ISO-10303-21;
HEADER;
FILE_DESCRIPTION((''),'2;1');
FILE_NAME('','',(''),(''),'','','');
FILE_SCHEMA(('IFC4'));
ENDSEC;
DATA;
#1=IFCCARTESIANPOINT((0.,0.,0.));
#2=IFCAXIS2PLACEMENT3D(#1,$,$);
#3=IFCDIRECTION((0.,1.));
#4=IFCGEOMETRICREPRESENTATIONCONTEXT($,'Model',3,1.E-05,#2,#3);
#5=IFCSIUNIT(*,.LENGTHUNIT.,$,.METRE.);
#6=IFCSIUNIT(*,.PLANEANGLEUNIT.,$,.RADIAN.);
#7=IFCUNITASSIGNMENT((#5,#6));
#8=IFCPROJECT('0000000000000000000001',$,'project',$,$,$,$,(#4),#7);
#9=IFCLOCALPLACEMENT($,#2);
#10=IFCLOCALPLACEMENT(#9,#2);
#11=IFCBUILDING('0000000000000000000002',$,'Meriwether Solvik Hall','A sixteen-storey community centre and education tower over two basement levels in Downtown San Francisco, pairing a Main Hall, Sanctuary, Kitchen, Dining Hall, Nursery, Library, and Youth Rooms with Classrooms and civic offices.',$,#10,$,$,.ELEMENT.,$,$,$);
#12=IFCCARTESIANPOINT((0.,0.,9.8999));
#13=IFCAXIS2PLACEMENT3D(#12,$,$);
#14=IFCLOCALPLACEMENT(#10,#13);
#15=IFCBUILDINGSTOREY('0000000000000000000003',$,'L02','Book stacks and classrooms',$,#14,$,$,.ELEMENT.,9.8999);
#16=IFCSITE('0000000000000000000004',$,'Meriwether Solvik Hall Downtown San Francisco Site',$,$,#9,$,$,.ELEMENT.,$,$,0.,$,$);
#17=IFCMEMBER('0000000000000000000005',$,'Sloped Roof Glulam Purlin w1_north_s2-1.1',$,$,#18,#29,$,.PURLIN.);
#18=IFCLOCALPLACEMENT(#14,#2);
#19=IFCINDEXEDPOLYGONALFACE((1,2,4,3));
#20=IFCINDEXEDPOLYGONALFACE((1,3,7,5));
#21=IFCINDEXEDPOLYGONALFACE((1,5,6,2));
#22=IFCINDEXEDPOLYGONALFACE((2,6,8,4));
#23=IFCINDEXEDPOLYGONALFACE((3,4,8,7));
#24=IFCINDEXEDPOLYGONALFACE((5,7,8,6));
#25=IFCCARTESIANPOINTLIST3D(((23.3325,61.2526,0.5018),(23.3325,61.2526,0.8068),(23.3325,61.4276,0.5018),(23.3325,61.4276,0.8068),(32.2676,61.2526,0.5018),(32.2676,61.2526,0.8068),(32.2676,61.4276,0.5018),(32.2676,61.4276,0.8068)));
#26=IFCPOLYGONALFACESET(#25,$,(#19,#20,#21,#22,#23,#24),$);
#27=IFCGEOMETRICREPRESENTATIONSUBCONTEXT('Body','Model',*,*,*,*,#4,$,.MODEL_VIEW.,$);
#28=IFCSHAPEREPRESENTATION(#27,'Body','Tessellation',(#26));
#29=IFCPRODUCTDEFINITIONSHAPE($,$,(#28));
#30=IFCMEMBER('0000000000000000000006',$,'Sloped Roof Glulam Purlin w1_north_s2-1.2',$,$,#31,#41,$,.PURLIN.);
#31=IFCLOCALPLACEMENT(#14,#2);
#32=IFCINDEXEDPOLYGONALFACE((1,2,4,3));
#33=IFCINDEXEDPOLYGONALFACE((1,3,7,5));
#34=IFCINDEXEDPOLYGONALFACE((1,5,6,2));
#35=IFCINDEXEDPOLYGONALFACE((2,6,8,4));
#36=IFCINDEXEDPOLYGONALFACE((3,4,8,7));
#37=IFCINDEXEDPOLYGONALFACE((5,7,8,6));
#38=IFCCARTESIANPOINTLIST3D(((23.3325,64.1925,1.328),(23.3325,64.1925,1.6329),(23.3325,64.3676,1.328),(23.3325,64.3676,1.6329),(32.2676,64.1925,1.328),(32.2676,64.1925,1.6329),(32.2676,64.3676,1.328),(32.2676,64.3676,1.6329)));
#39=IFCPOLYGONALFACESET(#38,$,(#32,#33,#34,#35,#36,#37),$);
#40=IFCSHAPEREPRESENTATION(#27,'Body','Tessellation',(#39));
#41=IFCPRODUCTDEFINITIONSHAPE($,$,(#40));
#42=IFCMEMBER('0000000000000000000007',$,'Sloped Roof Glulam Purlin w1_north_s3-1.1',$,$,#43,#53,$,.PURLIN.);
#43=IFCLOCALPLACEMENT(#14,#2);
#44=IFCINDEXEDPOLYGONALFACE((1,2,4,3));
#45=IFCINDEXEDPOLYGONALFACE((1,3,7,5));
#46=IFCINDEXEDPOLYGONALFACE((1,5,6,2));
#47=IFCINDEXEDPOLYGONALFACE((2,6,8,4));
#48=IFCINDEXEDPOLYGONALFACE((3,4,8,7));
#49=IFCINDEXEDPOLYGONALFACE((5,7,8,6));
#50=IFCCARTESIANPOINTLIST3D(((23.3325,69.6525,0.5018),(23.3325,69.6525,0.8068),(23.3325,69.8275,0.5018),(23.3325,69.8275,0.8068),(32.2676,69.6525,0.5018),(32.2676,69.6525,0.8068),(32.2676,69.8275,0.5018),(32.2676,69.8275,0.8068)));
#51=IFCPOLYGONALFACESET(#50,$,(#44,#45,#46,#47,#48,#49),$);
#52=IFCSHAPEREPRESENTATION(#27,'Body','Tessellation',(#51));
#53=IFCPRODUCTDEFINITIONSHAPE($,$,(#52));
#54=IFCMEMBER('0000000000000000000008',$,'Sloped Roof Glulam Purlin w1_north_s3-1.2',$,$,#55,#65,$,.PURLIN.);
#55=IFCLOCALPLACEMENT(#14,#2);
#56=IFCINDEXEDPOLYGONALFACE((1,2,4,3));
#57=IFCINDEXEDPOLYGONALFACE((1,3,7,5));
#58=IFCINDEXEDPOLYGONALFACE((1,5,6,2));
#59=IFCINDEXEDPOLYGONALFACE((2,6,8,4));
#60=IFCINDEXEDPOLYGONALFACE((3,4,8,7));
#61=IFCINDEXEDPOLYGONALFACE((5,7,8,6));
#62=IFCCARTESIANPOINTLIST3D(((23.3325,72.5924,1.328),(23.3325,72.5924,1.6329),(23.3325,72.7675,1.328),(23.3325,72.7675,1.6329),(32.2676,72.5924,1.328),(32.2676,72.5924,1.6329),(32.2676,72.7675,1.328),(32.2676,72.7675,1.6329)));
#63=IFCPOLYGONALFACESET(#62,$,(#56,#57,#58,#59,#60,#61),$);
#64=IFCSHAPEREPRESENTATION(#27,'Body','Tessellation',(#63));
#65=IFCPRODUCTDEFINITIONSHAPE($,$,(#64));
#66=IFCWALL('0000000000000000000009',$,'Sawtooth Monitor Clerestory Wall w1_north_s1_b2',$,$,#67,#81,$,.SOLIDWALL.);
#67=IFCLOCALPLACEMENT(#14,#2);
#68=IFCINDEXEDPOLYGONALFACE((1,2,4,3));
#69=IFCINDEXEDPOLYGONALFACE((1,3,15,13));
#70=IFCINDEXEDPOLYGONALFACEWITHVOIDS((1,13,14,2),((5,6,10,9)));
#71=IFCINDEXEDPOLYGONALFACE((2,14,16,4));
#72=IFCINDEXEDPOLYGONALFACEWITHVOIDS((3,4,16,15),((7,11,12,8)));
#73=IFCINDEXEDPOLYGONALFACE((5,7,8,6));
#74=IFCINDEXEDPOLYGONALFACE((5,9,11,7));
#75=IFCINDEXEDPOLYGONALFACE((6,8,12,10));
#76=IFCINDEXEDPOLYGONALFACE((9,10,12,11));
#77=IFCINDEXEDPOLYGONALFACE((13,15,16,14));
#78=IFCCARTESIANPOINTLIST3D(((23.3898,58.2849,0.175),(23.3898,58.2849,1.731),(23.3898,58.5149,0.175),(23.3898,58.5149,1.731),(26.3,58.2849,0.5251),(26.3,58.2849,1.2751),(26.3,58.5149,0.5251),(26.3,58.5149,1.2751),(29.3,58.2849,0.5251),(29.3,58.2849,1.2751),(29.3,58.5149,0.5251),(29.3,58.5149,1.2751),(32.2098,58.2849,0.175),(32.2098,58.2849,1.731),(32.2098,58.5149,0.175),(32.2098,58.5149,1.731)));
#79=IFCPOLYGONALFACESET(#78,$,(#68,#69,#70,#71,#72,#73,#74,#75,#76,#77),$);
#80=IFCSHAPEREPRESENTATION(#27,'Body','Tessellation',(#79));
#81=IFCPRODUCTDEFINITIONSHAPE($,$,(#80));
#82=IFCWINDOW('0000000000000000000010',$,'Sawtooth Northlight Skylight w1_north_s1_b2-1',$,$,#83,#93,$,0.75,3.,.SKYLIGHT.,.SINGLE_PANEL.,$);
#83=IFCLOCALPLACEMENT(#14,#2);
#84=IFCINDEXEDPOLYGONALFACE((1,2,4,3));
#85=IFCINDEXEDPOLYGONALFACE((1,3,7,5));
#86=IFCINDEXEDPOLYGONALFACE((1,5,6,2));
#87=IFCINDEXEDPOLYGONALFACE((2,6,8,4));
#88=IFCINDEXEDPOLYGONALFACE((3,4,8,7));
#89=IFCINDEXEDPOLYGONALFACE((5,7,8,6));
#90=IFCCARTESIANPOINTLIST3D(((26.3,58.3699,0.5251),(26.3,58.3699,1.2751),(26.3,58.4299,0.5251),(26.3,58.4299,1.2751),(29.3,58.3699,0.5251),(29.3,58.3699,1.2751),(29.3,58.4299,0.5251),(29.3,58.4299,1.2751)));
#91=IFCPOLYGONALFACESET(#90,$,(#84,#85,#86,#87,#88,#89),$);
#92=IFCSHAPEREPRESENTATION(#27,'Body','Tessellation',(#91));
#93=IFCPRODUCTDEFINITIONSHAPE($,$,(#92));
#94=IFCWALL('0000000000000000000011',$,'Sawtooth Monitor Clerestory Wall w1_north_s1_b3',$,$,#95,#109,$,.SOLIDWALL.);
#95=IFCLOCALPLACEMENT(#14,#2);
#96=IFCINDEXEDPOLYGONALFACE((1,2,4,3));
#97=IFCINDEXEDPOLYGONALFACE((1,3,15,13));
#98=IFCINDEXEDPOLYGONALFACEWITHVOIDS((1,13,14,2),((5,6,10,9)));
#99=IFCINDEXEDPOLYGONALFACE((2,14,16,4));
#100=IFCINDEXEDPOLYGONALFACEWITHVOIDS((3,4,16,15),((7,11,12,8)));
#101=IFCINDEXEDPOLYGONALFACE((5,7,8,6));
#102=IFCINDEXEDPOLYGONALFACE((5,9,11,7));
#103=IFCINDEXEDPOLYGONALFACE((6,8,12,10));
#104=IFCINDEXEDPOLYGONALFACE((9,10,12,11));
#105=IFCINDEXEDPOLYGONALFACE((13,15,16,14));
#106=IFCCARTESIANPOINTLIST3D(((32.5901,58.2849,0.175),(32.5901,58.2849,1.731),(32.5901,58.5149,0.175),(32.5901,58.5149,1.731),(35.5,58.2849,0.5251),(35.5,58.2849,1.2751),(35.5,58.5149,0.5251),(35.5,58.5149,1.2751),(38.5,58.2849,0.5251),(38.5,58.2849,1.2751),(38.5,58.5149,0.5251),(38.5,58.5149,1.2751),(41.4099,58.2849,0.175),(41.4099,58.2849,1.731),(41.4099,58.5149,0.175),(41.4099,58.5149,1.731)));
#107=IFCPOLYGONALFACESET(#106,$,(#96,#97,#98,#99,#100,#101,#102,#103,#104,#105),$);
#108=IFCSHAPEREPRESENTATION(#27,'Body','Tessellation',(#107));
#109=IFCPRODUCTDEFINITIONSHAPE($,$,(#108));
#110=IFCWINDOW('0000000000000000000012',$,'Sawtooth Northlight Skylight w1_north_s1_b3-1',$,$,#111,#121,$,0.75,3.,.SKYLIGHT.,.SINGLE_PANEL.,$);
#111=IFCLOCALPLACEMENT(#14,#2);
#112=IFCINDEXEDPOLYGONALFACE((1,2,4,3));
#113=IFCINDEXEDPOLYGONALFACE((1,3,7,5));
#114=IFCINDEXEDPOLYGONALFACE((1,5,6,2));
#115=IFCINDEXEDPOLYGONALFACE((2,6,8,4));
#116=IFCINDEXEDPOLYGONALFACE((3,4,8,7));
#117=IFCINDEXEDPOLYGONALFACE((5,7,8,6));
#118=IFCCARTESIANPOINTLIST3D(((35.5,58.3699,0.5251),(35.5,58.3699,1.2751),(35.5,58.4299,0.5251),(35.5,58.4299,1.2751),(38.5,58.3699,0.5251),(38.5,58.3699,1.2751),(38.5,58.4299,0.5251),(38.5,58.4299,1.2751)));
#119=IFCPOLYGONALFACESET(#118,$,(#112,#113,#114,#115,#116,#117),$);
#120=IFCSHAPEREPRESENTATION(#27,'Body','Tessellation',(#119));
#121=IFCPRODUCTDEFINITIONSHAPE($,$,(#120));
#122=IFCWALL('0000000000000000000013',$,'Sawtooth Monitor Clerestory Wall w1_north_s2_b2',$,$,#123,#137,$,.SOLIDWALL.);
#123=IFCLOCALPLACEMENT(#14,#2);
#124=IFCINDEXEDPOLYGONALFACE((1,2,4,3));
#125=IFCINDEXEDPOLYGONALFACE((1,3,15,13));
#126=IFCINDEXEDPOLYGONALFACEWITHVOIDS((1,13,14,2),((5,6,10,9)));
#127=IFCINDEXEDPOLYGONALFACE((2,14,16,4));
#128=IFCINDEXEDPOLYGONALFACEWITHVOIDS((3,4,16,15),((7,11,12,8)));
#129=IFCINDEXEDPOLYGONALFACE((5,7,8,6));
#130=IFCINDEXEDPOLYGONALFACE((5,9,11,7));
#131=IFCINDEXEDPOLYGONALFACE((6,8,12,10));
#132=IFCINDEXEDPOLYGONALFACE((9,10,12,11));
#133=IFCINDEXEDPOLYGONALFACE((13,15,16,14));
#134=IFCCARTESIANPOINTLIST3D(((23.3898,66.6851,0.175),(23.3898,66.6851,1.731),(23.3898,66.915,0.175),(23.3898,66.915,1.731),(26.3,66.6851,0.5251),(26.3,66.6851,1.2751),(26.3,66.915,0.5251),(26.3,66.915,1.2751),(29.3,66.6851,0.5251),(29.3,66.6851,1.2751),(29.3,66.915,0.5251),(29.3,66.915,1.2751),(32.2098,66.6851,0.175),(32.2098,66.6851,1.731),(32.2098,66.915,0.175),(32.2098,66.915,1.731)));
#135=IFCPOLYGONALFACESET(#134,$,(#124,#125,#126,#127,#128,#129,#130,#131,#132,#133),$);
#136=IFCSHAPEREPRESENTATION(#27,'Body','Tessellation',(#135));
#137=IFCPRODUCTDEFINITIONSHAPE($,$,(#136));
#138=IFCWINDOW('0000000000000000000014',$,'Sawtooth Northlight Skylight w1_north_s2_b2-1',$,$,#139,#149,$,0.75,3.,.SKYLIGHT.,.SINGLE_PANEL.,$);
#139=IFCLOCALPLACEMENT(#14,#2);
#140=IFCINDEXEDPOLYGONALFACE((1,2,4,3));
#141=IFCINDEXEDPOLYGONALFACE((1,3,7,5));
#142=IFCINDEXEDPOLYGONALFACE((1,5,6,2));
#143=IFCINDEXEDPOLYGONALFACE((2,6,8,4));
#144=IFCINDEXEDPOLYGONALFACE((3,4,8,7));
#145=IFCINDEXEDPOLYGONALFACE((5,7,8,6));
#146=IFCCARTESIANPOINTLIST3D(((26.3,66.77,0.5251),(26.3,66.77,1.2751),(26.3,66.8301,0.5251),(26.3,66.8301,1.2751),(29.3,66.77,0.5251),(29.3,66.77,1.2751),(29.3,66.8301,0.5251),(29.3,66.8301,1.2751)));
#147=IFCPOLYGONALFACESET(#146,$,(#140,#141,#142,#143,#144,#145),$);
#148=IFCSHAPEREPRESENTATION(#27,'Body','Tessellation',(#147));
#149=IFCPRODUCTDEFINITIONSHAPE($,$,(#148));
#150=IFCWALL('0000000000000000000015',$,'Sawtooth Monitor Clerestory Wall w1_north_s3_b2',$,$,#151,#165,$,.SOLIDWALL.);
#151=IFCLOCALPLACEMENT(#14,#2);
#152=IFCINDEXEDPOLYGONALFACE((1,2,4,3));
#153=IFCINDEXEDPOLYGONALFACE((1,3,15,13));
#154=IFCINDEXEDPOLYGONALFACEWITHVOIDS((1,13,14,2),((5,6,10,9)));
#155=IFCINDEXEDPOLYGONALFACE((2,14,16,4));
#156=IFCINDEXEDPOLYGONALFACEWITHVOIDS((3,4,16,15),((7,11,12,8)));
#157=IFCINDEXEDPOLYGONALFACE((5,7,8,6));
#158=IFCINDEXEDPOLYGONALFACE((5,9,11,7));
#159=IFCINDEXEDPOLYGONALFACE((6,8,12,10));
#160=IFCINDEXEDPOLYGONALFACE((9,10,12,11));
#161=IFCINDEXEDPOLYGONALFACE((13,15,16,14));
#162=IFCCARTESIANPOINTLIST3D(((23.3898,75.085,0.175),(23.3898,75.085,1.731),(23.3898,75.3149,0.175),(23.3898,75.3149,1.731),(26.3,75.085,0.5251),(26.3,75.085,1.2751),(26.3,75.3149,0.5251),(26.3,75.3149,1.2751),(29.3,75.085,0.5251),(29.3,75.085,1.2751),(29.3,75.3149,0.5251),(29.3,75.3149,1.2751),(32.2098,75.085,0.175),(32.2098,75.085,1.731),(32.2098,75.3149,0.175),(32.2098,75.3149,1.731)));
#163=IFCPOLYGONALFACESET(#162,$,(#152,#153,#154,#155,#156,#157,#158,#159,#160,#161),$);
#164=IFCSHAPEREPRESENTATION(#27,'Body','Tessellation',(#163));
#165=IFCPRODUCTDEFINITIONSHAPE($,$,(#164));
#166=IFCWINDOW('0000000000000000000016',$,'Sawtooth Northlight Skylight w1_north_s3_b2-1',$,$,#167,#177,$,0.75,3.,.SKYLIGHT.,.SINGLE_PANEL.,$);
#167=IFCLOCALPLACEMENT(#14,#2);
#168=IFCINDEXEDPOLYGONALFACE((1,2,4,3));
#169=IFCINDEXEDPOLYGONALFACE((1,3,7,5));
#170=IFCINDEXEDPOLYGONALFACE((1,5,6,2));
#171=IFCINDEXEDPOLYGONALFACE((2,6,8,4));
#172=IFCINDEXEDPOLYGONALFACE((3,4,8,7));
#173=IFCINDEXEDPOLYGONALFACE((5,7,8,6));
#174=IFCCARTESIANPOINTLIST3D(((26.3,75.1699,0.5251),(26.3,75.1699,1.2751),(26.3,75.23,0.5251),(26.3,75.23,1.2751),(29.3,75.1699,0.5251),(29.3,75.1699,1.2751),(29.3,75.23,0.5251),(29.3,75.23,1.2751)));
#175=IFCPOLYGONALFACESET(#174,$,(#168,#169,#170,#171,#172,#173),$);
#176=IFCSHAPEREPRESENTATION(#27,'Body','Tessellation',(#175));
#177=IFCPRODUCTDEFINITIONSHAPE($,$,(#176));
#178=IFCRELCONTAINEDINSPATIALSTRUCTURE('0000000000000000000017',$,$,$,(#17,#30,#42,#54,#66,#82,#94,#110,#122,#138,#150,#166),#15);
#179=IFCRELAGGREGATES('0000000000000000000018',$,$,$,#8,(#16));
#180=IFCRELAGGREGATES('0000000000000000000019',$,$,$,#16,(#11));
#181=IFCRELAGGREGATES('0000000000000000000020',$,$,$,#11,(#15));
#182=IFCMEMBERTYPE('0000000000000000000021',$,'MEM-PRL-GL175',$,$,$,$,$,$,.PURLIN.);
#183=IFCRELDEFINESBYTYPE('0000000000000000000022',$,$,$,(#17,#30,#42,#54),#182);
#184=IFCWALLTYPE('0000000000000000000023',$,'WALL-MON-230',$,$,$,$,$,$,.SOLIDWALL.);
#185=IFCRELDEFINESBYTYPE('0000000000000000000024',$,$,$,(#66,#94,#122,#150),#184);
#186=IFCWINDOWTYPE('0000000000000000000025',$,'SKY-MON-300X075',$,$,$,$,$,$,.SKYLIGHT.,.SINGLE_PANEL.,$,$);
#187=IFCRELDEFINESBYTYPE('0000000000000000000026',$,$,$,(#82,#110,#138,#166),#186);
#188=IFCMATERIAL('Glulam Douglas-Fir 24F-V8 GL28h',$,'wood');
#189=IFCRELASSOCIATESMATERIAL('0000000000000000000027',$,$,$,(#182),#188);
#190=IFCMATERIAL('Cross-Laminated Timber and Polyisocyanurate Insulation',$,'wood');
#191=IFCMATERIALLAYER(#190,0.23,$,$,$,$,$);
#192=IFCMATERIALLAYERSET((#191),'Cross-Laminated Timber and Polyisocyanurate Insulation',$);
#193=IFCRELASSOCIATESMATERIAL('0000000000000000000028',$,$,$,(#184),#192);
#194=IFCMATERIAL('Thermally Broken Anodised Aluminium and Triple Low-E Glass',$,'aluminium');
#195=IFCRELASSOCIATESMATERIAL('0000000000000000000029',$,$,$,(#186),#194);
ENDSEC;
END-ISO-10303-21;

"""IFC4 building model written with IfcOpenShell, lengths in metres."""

from ifc_helpers import new_model, si_unit, direction, frame, frame_2d, origin, origin_2d, place, context, subcontext, project, spatial, rectangle, extrude, material, layer, layer_set, material_profile, profile_set, type_object, element, fill, save


model = new_model("IFC4")

# Units and contexts
model_context = context("Model", 3, precision=1e-05, world=origin(), true_north=direction((0.0, 1.0)))
body_context = subcontext(model_context, "Body", "Model", "MODEL_VIEW")
ifc_project = project(units=[si_unit("LENGTHUNIT", "METRE"), si_unit("PLANEANGLEUNIT", "RADIAN")], contexts=[model_context])

# Site, building, storey
site_placement = place(None, origin())
site = spatial("IfcSite", under=ifc_project, at=site_placement, Name="Meriwether Solvik Hall Downtown San Francisco Site", CompositionType="ELEMENT", RefElevation=0.0)
building_placement = place(site_placement, origin())
building = spatial("IfcBuilding", under=site, at=building_placement, Name="Meriwether Solvik Hall", Description="A sixteen-storey community centre and education tower over two basement levels in Downtown San Francisco, pairing a Main Hall, Sanctuary, Kitchen, Dining Hall, Nursery, Library, and Youth Rooms with Classrooms and civic offices.", CompositionType="ELEMENT")
storey_placement = place(building_placement, frame((0.0, 0.0, 9.8999)))
storey = spatial("IfcBuildingStorey", under=building, at=storey_placement, Name="L02", Description="Book stacks and classrooms", CompositionType="ELEMENT", Elevation=9.8999)

# Members
ifc_material_1 = material(Name="Glulam Douglas-Fir 24F-V8 GL28h", Category="wood")
ifc_material_profile_1 = material_profile(ifc_material_1, rectangle(XDim=0.175, YDim=0.3049, at=origin_2d()), Name="GLM-175X305")
ifc_profile_set_1 = profile_set([ifc_material_profile_1], Name="Glulam Douglas-Fir 24F-V8 GL28h")
member_type = type_object("IfcMemberType", Name="MEM-PRL-GL175", PredefinedType="PURLIN", material=ifc_profile_set_1)
for number, where, z_axis, x_axis, name in (
    (1, (23.3325, 61.3401, 0.6543), (1.0, 0.0, 0.0), (0.0, 1.0, 0.0), "Sloped Roof Glulam Purlin w1_north_s2-1.1"),
    (2, (23.3325, 64.28, 1.4805), (1.0, 0.0, 0.0), (0.0, 1.0, 0.0), "Sloped Roof Glulam Purlin w1_north_s2-1.2"),
    (3, (23.3325, 69.74, 0.6543), (1.0, 0.0, 0.0), (0.0, 1.0, 0.0), "Sloped Roof Glulam Purlin w1_north_s3-1.1"),
    (4, (23.3325, 72.6799, 1.4805), (1.0, 0.0, 0.0), (0.0, 1.0, 0.0), "Sloped Roof Glulam Purlin w1_north_s3-1.2"),
):
    element("IfcMember", number, at=place(storey_placement, frame(where, z_axis=z_axis, x_axis=x_axis)), inside=storey, type_object=member_type, Name=name, PredefinedType="PURLIN", context=body_context, shape_type="SweptSolid", body=[
        extrude(rectangle(XDim=0.175, YDim=0.3049, at=origin_2d()), origin(), (0.0, 0.0, 1.0), 8.9351),
    ])

# Walls, openings, windows
ifc_material_2 = material(Name="Cross-Laminated Timber and Polyisocyanurate Insulation", Category="wood")
ifc_layer = layer(ifc_material_2, 0.23)
ifc_layer_set = layer_set([ifc_layer], Name="Cross-Laminated Timber and Polyisocyanurate Insulation")
wall_type = type_object("IfcWallType", Name="WALL-MON-230", PredefinedType="SOLIDWALL", material=ifc_layer_set)
wall_1_placement = place(storey_placement, frame((32.21, 58.3999, 0.175), z_axis=(0.0, 0.0, 1.0), x_axis=(-1.0, 0.0, 0.0)))
wall_1 = element("IfcWall", 5, at=wall_1_placement, inside=storey, type_object=wall_type, Name="Sawtooth Monitor Clerestory Wall w1_north_s1_b2", PredefinedType="SOLIDWALL", context=body_context, shape_type="SweptSolid", body=[
    extrude(rectangle(XDim=8.8201, YDim=0.23, at=frame_2d((4.4102, 0.0))), origin(), (0.0, 0.0, 1.0), 1.5559),
])
opening_1_placement = place(wall_1_placement, frame((2.9099, 0.0, 0.3501)))
opening_1 = element("IfcOpeningElement", 6, at=opening_1_placement, cuts=wall_1, PredefinedType="OPENING", context=body_context, shape_type="SweptSolid", body=[
    extrude(rectangle(XDim=3.0, YDim=0.75, at=frame_2d((1.5, 0.375))), frame((0.0, 0.127, 0.0), z_axis=(0.0, -1.0, 0.0), x_axis=(1.0, 0.0, 0.0)), (0.0, 0.0, 1.0), 0.2539),
])
ifc_material_3 = material(Name="Thermally Broken Anodised Aluminium and Triple Low-E Glass", Category="aluminium")
window_type = type_object("IfcWindowType", Name="SKY-MON-300X075", PartitioningType="SINGLE_PANEL", PredefinedType="SKYLIGHT", material=ifc_material_3)
window_1_placement = place(opening_1_placement, origin())
window_1 = element("IfcWindow", 7, at=window_1_placement, inside=storey, type_object=window_type, Name="Sawtooth Northlight Skylight w1_north_s1_b2-1", OverallHeight=0.75, OverallWidth=3.0, PartitioningType="SINGLE_PANEL", PredefinedType="SKYLIGHT", context=body_context, shape_type="SweptSolid", body=[
    extrude(rectangle(XDim=3.0, YDim=0.75, at=frame_2d((1.5, 0.375))), frame((0.0, 0.03, 0.0), z_axis=(0.0, -1.0, 0.0), x_axis=(1.0, 0.0, 0.0)), (0.0, 0.0, 1.0), 0.0601),
])
fill(opening_1, window_1)
wall_2_placement = place(storey_placement, frame((41.4099, 58.3999, 0.175), z_axis=(0.0, 0.0, 1.0), x_axis=(-1.0, 0.0, 0.0)))
wall_2 = element("IfcWall", 8, at=wall_2_placement, inside=storey, type_object=wall_type, Name="Sawtooth Monitor Clerestory Wall w1_north_s1_b3", PredefinedType="SOLIDWALL", context=body_context, shape_type="SweptSolid", body=[
    extrude(rectangle(XDim=8.8198, YDim=0.23, at=frame_2d((4.4099, 0.0))), origin(), (0.0, 0.0, 1.0), 1.5559),
])
opening_2_placement = place(wall_2_placement, frame((2.9099, 0.0, 0.3501)))
opening_2 = element("IfcOpeningElement", 9, at=opening_2_placement, cuts=wall_2, PredefinedType="OPENING", context=body_context, shape_type="SweptSolid", body=[
    extrude(rectangle(XDim=3.0, YDim=0.75, at=frame_2d((1.5, 0.375))), frame((0.0, 0.127, 0.0), z_axis=(0.0, -1.0, 0.0), x_axis=(1.0, 0.0, 0.0)), (0.0, 0.0, 1.0), 0.2539),
])
window_2_placement = place(opening_2_placement, origin())
window_2 = element("IfcWindow", 10, at=window_2_placement, inside=storey, type_object=window_type, Name="Sawtooth Northlight Skylight w1_north_s1_b3-1", OverallHeight=0.75, OverallWidth=3.0, PartitioningType="SINGLE_PANEL", PredefinedType="SKYLIGHT", context=body_context, shape_type="SweptSolid", body=[
    extrude(rectangle(XDim=3.0, YDim=0.75, at=frame_2d((1.5, 0.375))), frame((0.0, 0.03, 0.0), z_axis=(0.0, -1.0, 0.0), x_axis=(1.0, 0.0, 0.0)), (0.0, 0.0, 1.0), 0.0601),
])
fill(opening_2, window_2)
wall_3_placement = place(storey_placement, frame((32.21, 66.8, 0.175), z_axis=(0.0, 0.0, 1.0), x_axis=(-1.0, 0.0, 0.0)))
wall_3 = element("IfcWall", 11, at=wall_3_placement, inside=storey, type_object=wall_type, Name="Sawtooth Monitor Clerestory Wall w1_north_s2_b2", PredefinedType="SOLIDWALL", context=body_context, shape_type="SweptSolid", body=[
    extrude(rectangle(XDim=8.8201, YDim=0.23, at=frame_2d((4.4102, 0.0))), origin(), (0.0, 0.0, 1.0), 1.5559),
])
opening_3_placement = place(wall_3_placement, frame((2.9099, 0.0, 0.3501)))
opening_3 = element("IfcOpeningElement", 12, at=opening_3_placement, cuts=wall_3, PredefinedType="OPENING", context=body_context, shape_type="SweptSolid", body=[
    extrude(rectangle(XDim=3.0, YDim=0.75, at=frame_2d((1.5, 0.375))), frame((0.0, 0.127, 0.0), z_axis=(0.0, -1.0, 0.0), x_axis=(1.0, 0.0, 0.0)), (0.0, 0.0, 1.0), 0.2539),
])
window_3_placement = place(opening_3_placement, origin())
window_3 = element("IfcWindow", 13, at=window_3_placement, inside=storey, type_object=window_type, Name="Sawtooth Northlight Skylight w1_north_s2_b2-1", OverallHeight=0.75, OverallWidth=3.0, PartitioningType="SINGLE_PANEL", PredefinedType="SKYLIGHT", context=body_context, shape_type="SweptSolid", body=[
    extrude(rectangle(XDim=3.0, YDim=0.75, at=frame_2d((1.5, 0.375))), frame((0.0, 0.03, 0.0), z_axis=(0.0, -1.0, 0.0), x_axis=(1.0, 0.0, 0.0)), (0.0, 0.0, 1.0), 0.0601),
])
fill(opening_3, window_3)
wall_4_placement = place(storey_placement, frame((32.21, 75.2, 0.175), z_axis=(0.0, 0.0, 1.0), x_axis=(-1.0, 0.0, 0.0)))
wall_4 = element("IfcWall", 14, at=wall_4_placement, inside=storey, type_object=wall_type, Name="Sawtooth Monitor Clerestory Wall w1_north_s3_b2", PredefinedType="SOLIDWALL", context=body_context, shape_type="SweptSolid", body=[
    extrude(rectangle(XDim=8.8201, YDim=0.23, at=frame_2d((4.4102, 0.0))), origin(), (0.0, 0.0, 1.0), 1.5559),
])
opening_4_placement = place(wall_4_placement, frame((2.9099, 0.0, 0.3501)))
opening_4 = element("IfcOpeningElement", 15, at=opening_4_placement, cuts=wall_4, PredefinedType="OPENING", context=body_context, shape_type="SweptSolid", body=[
    extrude(rectangle(XDim=3.0, YDim=0.75, at=frame_2d((1.5, 0.375))), frame((0.0, 0.127, 0.0), z_axis=(0.0, -1.0, 0.0), x_axis=(1.0, 0.0, 0.0)), (0.0, 0.0, 1.0), 0.2539),
])
window_4_placement = place(opening_4_placement, origin())
window_4 = element("IfcWindow", 16, at=window_4_placement, inside=storey, type_object=window_type, Name="Sawtooth Northlight Skylight w1_north_s3_b2-1", OverallHeight=0.75, OverallWidth=3.0, PartitioningType="SINGLE_PANEL", PredefinedType="SKYLIGHT", context=body_context, shape_type="SweptSolid", body=[
    extrude(rectangle(XDim=3.0, YDim=0.75, at=frame_2d((1.5, 0.375))), frame((0.0, 0.03, 0.0), z_axis=(0.0, -1.0, 0.0), x_axis=(1.0, 0.0, 0.0)), (0.0, 0.0, 1.0), 0.0601),
])
fill(opening_4, window_4)

save(model, "model.ifc")
